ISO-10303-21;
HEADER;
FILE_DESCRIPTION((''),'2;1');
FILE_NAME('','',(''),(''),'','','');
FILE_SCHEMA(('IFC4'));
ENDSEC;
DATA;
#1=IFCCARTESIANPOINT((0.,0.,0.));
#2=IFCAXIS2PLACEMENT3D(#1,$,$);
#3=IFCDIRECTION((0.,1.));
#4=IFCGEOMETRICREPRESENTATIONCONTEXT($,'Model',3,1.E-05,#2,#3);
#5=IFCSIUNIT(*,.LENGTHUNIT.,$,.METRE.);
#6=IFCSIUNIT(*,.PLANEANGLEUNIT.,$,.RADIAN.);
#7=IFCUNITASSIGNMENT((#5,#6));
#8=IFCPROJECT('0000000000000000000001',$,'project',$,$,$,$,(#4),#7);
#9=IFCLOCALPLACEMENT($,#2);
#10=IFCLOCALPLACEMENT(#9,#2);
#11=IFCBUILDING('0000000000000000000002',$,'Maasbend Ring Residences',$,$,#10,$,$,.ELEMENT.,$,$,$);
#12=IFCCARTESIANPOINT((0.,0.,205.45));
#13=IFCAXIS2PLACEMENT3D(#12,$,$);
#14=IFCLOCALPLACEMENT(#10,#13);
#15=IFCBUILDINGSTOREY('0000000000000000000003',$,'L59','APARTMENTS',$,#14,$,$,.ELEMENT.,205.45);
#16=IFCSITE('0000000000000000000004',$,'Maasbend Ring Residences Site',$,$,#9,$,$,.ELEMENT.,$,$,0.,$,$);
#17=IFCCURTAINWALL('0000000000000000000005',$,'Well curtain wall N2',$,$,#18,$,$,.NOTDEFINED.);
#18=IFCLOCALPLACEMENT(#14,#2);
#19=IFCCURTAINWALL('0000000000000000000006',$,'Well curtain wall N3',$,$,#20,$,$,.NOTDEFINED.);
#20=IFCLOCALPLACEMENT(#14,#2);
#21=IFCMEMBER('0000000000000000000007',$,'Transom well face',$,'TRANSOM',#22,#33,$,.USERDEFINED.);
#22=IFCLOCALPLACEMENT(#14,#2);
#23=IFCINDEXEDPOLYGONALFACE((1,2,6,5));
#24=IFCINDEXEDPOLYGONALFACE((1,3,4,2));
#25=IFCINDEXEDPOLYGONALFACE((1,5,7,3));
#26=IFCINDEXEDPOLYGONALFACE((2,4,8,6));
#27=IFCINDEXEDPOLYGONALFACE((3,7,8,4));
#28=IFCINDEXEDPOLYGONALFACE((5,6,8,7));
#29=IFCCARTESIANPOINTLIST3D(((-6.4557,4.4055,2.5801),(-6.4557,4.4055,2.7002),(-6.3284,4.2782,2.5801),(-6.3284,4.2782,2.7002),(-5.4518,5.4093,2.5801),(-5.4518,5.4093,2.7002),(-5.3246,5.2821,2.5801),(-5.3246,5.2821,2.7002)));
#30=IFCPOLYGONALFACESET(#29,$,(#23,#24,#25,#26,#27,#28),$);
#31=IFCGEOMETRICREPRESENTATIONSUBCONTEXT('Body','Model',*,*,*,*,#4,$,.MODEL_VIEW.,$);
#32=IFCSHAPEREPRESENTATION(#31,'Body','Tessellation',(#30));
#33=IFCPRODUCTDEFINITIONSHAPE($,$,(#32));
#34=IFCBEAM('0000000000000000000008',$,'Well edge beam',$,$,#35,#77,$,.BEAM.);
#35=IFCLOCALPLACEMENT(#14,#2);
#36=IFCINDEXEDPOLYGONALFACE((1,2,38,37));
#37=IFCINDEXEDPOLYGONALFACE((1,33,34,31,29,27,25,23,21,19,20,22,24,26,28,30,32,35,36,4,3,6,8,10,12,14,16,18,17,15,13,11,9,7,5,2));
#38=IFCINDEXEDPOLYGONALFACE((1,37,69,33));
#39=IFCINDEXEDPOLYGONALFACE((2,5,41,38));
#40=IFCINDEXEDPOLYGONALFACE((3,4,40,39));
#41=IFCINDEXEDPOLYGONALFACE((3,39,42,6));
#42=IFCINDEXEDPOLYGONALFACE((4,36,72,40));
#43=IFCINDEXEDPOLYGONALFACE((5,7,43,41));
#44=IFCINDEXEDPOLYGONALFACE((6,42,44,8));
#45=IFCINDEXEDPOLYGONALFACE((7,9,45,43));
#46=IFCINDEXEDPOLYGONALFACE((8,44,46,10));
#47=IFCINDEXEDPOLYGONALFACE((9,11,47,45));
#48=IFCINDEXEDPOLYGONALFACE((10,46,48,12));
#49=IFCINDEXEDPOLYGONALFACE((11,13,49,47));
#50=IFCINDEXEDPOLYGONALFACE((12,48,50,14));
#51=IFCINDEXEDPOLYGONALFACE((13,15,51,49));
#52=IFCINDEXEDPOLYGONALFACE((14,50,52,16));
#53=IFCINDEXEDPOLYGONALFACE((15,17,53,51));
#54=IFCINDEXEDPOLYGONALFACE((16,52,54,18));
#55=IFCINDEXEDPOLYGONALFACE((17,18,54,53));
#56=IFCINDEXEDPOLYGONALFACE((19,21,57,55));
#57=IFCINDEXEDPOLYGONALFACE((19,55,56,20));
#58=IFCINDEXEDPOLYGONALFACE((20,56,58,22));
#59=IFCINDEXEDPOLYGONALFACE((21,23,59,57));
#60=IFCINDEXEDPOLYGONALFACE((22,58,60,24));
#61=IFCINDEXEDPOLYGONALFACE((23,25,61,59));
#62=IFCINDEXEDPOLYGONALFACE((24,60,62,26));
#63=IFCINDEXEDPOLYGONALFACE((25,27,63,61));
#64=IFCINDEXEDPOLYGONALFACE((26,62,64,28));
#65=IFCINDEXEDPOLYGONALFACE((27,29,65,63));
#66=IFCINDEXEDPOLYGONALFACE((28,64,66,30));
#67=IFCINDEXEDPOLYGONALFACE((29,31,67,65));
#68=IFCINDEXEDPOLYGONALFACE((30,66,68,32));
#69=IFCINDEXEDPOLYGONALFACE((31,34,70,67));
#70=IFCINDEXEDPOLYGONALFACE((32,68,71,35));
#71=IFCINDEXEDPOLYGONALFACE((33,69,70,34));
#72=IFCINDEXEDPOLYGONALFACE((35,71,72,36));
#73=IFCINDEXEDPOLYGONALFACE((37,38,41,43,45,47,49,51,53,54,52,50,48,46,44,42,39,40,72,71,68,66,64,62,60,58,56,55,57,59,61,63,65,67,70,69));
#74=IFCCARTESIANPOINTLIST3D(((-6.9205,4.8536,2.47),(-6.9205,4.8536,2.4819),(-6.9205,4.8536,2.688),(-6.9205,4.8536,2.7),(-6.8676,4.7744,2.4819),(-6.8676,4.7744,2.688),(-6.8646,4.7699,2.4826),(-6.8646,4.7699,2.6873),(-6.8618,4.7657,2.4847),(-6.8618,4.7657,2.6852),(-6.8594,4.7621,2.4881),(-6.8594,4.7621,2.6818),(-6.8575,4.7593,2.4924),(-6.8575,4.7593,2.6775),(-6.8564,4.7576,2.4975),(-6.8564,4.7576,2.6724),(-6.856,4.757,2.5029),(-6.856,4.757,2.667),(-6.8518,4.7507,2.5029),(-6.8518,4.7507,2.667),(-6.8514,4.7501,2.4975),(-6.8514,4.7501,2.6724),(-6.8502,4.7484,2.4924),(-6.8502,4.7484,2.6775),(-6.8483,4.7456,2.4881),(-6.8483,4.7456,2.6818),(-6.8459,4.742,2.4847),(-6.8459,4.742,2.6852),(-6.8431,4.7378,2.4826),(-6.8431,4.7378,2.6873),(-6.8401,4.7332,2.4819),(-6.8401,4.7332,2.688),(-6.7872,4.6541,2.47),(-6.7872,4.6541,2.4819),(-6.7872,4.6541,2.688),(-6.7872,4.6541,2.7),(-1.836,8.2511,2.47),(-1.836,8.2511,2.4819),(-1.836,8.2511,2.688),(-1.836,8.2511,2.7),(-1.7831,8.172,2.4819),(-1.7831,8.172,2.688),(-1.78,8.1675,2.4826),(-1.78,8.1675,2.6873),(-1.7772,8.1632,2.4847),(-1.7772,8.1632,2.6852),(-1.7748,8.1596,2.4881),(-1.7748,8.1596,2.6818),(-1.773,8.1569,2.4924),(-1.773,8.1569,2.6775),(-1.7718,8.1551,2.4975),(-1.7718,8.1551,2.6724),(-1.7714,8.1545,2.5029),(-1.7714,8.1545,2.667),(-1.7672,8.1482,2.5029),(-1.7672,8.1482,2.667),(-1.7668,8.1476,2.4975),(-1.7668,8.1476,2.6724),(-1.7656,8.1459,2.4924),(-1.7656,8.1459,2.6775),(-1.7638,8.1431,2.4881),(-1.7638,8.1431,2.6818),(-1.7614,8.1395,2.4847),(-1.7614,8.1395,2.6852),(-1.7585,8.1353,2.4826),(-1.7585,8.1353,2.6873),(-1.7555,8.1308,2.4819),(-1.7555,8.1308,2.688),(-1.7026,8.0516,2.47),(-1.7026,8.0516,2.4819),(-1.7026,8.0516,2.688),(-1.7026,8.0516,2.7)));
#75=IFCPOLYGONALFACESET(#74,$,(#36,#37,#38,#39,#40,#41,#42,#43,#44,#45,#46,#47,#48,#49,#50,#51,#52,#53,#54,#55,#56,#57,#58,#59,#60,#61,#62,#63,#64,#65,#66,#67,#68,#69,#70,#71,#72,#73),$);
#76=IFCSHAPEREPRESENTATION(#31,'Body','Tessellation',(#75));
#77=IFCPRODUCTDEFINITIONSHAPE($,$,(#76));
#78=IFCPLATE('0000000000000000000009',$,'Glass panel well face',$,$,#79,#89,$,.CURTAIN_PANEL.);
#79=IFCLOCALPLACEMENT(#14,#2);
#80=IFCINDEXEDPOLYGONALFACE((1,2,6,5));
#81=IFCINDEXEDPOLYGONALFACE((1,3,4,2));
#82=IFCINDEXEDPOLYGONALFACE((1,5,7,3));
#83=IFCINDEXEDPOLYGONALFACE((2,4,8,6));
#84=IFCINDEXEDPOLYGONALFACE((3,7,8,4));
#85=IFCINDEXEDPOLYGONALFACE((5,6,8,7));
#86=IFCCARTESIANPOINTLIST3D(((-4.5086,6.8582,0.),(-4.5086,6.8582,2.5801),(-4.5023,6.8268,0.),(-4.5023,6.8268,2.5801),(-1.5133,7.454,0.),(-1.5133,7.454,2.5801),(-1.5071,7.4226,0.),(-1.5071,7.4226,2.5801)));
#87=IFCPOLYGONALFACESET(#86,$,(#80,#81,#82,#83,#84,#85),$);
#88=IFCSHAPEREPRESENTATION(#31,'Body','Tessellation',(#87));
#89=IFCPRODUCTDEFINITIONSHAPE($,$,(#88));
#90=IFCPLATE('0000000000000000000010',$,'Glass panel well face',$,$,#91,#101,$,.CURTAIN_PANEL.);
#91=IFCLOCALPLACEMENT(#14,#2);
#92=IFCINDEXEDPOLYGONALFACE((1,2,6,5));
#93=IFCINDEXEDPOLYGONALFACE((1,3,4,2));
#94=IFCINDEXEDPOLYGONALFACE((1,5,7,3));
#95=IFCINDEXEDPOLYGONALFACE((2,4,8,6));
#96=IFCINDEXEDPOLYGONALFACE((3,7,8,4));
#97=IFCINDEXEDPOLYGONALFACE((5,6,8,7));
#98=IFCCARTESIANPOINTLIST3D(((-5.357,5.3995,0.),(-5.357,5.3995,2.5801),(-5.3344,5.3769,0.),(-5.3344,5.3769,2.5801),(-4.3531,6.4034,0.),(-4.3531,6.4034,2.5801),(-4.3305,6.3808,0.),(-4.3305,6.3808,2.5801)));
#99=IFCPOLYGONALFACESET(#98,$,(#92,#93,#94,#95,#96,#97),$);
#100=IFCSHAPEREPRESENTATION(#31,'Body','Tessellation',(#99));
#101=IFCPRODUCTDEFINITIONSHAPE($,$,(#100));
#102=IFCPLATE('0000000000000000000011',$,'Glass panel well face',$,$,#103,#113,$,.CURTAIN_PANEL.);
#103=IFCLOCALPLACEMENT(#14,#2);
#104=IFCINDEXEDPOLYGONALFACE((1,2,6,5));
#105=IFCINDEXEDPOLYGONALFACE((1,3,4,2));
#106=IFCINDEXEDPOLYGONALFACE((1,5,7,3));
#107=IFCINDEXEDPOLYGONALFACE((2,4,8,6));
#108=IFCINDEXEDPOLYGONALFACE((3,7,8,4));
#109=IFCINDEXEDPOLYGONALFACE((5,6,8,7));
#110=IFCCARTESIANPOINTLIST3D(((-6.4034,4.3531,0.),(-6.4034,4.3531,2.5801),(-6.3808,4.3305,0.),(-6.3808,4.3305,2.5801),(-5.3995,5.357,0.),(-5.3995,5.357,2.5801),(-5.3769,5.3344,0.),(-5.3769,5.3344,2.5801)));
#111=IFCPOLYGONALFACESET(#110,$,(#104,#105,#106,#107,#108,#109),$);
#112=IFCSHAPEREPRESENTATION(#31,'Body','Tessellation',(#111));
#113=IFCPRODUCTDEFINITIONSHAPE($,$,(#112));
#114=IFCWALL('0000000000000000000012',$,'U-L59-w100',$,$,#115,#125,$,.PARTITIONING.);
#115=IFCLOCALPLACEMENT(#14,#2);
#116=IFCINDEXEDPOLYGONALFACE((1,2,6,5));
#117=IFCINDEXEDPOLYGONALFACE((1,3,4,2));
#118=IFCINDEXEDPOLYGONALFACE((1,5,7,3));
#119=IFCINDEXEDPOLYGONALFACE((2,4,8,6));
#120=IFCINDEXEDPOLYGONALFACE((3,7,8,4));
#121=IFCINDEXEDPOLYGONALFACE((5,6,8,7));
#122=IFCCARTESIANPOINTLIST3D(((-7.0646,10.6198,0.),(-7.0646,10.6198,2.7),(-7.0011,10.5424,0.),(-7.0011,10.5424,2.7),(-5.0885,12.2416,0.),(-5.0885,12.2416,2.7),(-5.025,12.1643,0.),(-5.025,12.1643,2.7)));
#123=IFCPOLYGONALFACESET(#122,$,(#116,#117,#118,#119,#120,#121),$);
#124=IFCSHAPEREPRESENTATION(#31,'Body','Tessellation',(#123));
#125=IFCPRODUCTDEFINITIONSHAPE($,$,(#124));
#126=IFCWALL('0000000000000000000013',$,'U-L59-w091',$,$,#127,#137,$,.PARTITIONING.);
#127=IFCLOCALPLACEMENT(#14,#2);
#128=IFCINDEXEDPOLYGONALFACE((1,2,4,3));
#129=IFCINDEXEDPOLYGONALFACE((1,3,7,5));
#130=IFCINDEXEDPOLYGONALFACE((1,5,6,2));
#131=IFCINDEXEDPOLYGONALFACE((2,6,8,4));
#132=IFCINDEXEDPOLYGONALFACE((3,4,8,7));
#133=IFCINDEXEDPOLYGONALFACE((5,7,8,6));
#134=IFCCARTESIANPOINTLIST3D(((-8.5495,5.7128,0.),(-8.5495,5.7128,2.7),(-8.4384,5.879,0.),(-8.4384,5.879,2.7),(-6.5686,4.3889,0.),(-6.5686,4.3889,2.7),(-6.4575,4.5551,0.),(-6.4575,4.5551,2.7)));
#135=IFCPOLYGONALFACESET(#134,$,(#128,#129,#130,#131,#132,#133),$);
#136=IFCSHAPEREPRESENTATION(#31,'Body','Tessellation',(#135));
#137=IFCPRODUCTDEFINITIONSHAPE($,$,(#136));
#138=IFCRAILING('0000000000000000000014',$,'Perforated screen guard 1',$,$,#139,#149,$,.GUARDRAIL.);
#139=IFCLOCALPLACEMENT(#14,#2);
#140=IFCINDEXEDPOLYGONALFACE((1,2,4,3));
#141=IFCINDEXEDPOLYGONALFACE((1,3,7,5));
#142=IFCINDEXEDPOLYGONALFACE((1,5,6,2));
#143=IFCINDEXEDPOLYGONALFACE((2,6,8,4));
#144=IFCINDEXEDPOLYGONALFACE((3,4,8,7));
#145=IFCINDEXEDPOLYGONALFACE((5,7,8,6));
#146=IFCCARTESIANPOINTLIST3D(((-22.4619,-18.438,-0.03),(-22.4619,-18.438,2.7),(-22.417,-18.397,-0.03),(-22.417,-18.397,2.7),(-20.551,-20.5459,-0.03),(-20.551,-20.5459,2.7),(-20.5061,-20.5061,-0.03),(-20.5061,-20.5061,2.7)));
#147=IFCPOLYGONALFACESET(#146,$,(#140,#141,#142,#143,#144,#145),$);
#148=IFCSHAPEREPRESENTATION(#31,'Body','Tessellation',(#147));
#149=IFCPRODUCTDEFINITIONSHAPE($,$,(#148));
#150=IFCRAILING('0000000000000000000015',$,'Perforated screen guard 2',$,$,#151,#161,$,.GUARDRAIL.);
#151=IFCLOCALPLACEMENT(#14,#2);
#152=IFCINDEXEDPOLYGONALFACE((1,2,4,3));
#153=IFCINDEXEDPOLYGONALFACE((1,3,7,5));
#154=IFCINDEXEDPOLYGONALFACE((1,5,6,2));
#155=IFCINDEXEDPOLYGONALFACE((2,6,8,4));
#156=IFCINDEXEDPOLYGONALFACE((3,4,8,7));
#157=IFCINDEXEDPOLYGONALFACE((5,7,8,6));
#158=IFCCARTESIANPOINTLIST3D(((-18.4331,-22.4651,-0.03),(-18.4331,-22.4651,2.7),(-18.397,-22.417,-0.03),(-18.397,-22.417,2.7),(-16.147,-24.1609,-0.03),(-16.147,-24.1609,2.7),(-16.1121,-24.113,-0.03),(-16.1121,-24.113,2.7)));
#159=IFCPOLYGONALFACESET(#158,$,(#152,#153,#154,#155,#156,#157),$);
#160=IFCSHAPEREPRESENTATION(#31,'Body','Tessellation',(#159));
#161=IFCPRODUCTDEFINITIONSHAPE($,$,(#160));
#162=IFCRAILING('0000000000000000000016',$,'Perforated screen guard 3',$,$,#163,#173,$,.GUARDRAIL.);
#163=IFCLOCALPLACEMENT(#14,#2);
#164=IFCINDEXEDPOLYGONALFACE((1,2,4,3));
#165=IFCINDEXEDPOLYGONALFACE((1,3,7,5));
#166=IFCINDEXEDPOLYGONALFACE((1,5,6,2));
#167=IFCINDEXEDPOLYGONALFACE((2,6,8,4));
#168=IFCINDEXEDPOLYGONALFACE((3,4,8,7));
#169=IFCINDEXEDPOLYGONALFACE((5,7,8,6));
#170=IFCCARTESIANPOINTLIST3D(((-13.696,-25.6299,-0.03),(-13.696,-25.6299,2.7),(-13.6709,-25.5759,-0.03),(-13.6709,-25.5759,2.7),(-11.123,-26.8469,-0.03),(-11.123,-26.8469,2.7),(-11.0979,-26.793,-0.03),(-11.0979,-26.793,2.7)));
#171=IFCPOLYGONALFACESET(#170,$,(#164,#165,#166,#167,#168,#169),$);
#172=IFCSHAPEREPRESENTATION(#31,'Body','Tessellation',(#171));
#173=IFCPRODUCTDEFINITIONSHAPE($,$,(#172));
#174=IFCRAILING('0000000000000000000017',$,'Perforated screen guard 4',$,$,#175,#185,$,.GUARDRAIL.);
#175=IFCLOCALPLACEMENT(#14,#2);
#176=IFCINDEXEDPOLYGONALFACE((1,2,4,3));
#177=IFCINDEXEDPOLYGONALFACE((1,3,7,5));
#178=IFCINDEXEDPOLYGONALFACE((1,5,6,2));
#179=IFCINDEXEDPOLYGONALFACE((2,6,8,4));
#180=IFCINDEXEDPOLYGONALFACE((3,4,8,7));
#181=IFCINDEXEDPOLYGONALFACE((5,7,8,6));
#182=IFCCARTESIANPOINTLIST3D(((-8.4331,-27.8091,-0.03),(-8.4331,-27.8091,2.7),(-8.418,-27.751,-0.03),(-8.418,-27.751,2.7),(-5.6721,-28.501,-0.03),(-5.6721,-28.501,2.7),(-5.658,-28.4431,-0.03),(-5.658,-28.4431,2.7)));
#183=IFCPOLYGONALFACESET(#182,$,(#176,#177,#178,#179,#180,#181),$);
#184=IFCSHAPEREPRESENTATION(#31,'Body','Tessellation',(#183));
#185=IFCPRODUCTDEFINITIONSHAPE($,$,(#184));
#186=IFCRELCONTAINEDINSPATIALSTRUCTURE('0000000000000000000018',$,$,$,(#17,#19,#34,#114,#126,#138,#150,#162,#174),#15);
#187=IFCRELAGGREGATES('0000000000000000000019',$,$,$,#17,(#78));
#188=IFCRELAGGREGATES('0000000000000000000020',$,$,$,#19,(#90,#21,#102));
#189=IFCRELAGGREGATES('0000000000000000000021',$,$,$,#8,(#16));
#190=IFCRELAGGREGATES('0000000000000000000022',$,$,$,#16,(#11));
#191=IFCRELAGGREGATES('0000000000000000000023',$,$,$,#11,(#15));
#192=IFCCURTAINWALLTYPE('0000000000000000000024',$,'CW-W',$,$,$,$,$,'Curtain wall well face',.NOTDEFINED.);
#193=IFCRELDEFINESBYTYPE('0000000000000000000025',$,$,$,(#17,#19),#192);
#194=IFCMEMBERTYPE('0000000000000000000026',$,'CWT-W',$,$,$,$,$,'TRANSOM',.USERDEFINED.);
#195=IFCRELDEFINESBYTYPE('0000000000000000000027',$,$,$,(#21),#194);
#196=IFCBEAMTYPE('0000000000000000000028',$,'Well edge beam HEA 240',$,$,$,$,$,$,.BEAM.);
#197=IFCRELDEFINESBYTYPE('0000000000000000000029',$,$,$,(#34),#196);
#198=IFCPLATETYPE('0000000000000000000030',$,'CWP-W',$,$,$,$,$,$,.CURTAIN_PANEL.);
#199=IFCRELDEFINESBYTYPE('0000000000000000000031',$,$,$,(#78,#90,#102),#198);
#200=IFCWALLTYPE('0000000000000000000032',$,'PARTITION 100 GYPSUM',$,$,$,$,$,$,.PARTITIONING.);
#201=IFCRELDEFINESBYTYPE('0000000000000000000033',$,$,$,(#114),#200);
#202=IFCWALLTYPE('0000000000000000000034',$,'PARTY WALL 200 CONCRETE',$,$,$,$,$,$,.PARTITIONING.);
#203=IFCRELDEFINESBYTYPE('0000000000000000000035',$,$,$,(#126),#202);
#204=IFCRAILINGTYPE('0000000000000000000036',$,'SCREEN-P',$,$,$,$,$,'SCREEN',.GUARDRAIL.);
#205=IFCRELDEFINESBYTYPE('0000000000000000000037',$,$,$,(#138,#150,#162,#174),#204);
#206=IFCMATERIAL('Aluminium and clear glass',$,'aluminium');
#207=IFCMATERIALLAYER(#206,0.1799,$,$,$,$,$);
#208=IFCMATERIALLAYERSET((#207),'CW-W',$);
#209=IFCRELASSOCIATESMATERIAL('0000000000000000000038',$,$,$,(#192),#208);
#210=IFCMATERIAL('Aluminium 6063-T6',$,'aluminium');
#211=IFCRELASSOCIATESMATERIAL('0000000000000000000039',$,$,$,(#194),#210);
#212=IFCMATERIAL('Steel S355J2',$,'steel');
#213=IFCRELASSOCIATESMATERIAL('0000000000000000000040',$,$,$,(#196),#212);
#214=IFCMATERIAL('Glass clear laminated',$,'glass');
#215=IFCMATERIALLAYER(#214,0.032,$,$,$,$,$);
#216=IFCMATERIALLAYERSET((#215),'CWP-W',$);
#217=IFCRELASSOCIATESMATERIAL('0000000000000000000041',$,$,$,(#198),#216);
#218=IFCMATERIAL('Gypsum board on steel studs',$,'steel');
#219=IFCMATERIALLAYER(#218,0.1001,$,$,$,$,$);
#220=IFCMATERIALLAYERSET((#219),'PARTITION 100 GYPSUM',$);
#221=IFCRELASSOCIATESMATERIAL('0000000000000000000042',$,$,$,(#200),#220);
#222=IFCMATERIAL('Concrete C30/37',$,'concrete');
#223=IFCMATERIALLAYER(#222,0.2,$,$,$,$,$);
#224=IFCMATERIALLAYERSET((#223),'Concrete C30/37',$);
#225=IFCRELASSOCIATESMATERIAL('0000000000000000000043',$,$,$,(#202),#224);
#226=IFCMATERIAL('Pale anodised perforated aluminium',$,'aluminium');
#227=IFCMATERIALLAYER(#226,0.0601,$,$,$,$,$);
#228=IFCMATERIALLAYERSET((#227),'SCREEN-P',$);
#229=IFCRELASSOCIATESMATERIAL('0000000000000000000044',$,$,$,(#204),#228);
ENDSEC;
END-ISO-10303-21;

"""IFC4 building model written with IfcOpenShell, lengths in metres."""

from ifc_helpers import new_model, si_unit, direction, frame, frame_2d, origin, origin_2d, place, context, subcontext, project, spatial, polyline, rectangle, i_section, outline, extrude, material, layer, layer_set, material_profile, profile_set, type_object, element, aggregate, save


model = new_model("IFC4")

# Units and contexts
model_context = context("Model", 3, precision=1e-05, world=origin(), true_north=direction((0.0, 1.0)))
body_context = subcontext(model_context, "Body", "Model", "MODEL_VIEW")
ifc_project = project(units=[si_unit("LENGTHUNIT", "METRE"), si_unit("PLANEANGLEUNIT", "RADIAN")], contexts=[model_context])

# Site, building, storey
site_placement = place(None, origin())
site = spatial("IfcSite", under=ifc_project, at=site_placement, Name="Maasbend Ring Residences Site", CompositionType="ELEMENT", RefElevation=0.0)
building_placement = place(site_placement, origin())
building = spatial("IfcBuilding", under=site, at=building_placement, Name="Maasbend Ring Residences", CompositionType="ELEMENT")
storey_placement = place(building_placement, frame((0.0, 0.0, 205.45)))
storey = spatial("IfcBuildingStorey", under=building, at=storey_placement, Name="L59", Description="APARTMENTS", CompositionType="ELEMENT", Elevation=205.45)

# Curtain walls
ifc_material_1 = material(Name="Aluminium and clear glass", Category="aluminium")
ifc_layer_1 = layer(ifc_material_1, 0.1799)
ifc_layer_set_1 = layer_set([ifc_layer_1], Name="CW-W")
curtain_wall_type = type_object("IfcCurtainWallType", Name="CW-W", ElementType="Curtain wall well face", PredefinedType="NOTDEFINED", material=ifc_layer_set_1)
curtain_wall_1_placement = place(storey_placement, origin())
curtain_wall_1 = element("IfcCurtainWall", 1, at=curtain_wall_1_placement, inside=storey, type_object=curtain_wall_type, Name="Well curtain wall N2", PredefinedType="NOTDEFINED")
curtain_wall_2_placement = place(storey_placement, origin())
curtain_wall_2 = element("IfcCurtainWall", 2, at=curtain_wall_2_placement, inside=storey, type_object=curtain_wall_type, Name="Well curtain wall N3", PredefinedType="NOTDEFINED")

# Member
ifc_material_2 = material(Name="Aluminium 6063-T6", Category="aluminium")
ifc_material_profile_1 = material_profile(ifc_material_2, rectangle(XDim=0.1799, YDim=0.1201, at=origin_2d()), Name="AL 180x120")
ifc_profile_set_1 = profile_set([ifc_material_profile_1], Name="Aluminium 6063-T6")
member_type_1 = type_object("IfcMemberType", Name="CWT-W", ElementType="TRANSOM", PredefinedType="USERDEFINED", material=ifc_profile_set_1)
member_1_placement = place(storey_placement, frame((-5.3882, 5.3457, 2.6401), z_axis=(-0.707107, -0.707107, 0.0), x_axis=(0.707107, -0.707107, 0.0)))
member_1 = element("IfcMember", 3, at=member_1_placement, type_object=member_type_1, Name="Transom well face", ObjectType="TRANSOM", PredefinedType="USERDEFINED", context=body_context, shape_type="SweptSolid", body=[
    extrude(rectangle(XDim=0.1799, YDim=0.1201, at=origin_2d()), origin(), (0.0, 0.0, 1.0), 1.4197),
])

# Beam
ifc_material_3 = material(Name="Steel S355J2", Category="steel")
ifc_material_profile_2 = material_profile(ifc_material_3, i_section(OverallWidth=0.24, OverallDepth=0.23, WebThickness=0.0076, FlangeThickness=0.012, FilletRadius=0.021, at=origin_2d()), Name="HEA 240")
ifc_profile_set_2 = profile_set([ifc_material_profile_2], Name="Steel S355J2")
beam_type = type_object("IfcBeamType", Name="Well edge beam HEA 240", PredefinedType="BEAM", material=ifc_profile_set_2)
beam_placement = place(storey_placement, frame((-1.7693, 8.1514, 2.585), z_axis=(-0.83146, -0.555584, 0.0), x_axis=(0.555584, -0.83146, 0.0)))
element("IfcBeam", 4, at=beam_placement, inside=storey, type_object=beam_type, Name="Well edge beam", PredefinedType="BEAM", context=body_context, shape_type="SweptSolid", body=[
    extrude(i_section(OverallWidth=0.24, OverallDepth=0.23, WebThickness=0.0076, FlangeThickness=0.012, FilletRadius=0.021, at=origin_2d()), origin(), (0.0, 0.0, 1.0), 6.1152),
])

# Plates
ifc_material_4 = material(Name="Glass clear laminated", Category="glass")
ifc_layer_2 = layer(ifc_material_4, 0.032)
ifc_layer_set_2 = layer_set([ifc_layer_2], Name="CWP-W")
plate_type = type_object("IfcPlateType", Name="CWP-W", PredefinedType="CURTAIN_PANEL", material=ifc_layer_set_2)
plate_1_placement = place(storey_placement, frame((-3.0078, 7.1404, 0.0), z_axis=(0.0, 0.0, 1.0), x_axis=(-0.980785, -0.19509, 0.0)))
plate_1 = element("IfcPlate", 5, at=plate_1_placement, type_object=plate_type, Name="Glass panel well face", PredefinedType="CURTAIN_PANEL", context=body_context, shape_type="SweptSolid", body=[
    extrude(rectangle(XDim=3.054, YDim=0.032, at=origin_2d()), origin(), (0.0, 0.0, 1.0), 2.5801),
])
aggregate(curtain_wall_1, [plate_1])
plate_2_placement = place(storey_placement, frame((-4.8438, 5.8901, 0.0), z_axis=(0.0, 0.0, 1.0), x_axis=(-0.707107, -0.707107, 0.0)))
plate_2 = element("IfcPlate", 6, at=plate_2_placement, type_object=plate_type, Name="Glass panel well face", PredefinedType="CURTAIN_PANEL", context=body_context, shape_type="SweptSolid", body=[
    extrude(rectangle(XDim=1.4197, YDim=0.032, at=origin_2d()), origin(), (0.0, 0.0, 1.0), 2.5801),
])
plate_3_placement = place(storey_placement, frame((-5.8901, 4.8438, 0.0), z_axis=(0.0, 0.0, 1.0), x_axis=(-0.707107, -0.707107, 0.0)))
plate_3 = element("IfcPlate", 7, at=plate_3_placement, type_object=plate_type, Name="Glass panel well face", PredefinedType="CURTAIN_PANEL", context=body_context, shape_type="SweptSolid", body=[
    extrude(rectangle(XDim=1.4197, YDim=0.032, at=origin_2d()), origin(), (0.0, 0.0, 1.0), 2.5801),
])
aggregate(curtain_wall_2, [plate_2, member_1, plate_3])

# Walls
ifc_material_5 = material(Name="Gypsum board on steel studs", Category="steel")
ifc_layer_3 = layer(ifc_material_5, 0.1001)
ifc_layer_set_3 = layer_set([ifc_layer_3], Name="PARTITION 100 GYPSUM")
wall_type_1 = type_object("IfcWallType", Name="PARTITION 100 GYPSUM", PredefinedType="PARTITIONING", material=ifc_layer_set_3)
wall_1_placement = place(storey_placement, frame((-7.033, 10.5811, 0.0), z_axis=(0.0, 0.0, 1.0), x_axis=(0.772991, 0.634418, 0.0)))
element("IfcWall", 8, at=wall_1_placement, inside=storey, type_object=wall_type_1, Name="U-L59-w100", PredefinedType="PARTITIONING", context=body_context, shape_type="SweptSolid", body=[
    extrude(rectangle(XDim=2.5564, YDim=0.1001, at=frame_2d((1.2783, 0.0))), origin(), (0.0, 0.0, 1.0), 2.7),
])
ifc_material_6 = material(Name="Concrete C30/37", Category="concrete")
ifc_layer_4 = layer(ifc_material_6, 0.2)
ifc_layer_set_4 = layer_set([ifc_layer_4], Name="Concrete C30/37")
wall_type_2 = type_object("IfcWallType", Name="PARTY WALL 200 CONCRETE", PredefinedType="PARTITIONING", material=ifc_layer_set_4)
wall_2_placement = place(storey_placement, frame((-6.5129, 4.4719, 0.0), z_axis=(0.0, 0.0, 1.0), x_axis=(-0.831403, 0.555669, 0.0)))
element("IfcWall", 9, at=wall_2_placement, inside=storey, type_object=wall_type_2, Name="U-L59-w091", PredefinedType="PARTITIONING", context=body_context, shape_type="SweptSolid", body=[
    extrude(rectangle(XDim=2.3826, YDim=0.2, at=frame_2d((1.1914, 0.0))), origin(), (0.0, 0.0, 1.0), 2.7),
])

# Railings
ifc_material_7 = material(Name="Pale anodised perforated aluminium", Category="aluminium")
ifc_layer_5 = layer(ifc_material_7, 0.0601)
ifc_layer_set_5 = layer_set([ifc_layer_5], Name="SCREEN-P")
railing_type = type_object("IfcRailingType", Name="SCREEN-P", ElementType="SCREEN", PredefinedType="GUARDRAIL", material=ifc_layer_set_5)
railing_1_placement = place(storey_placement, frame((0.0, 0.0, -0.03)))
element("IfcRailing", 10, at=railing_1_placement, inside=storey, type_object=railing_type, Name="Perforated screen guard 1", PredefinedType="GUARDRAIL", context=body_context, shape_type="SweptSolid", body=[
    extrude(outline(polyline([(-22.417, -18.397), (-20.5061, -20.5061), (-20.551, -20.5459), (-22.4619, -18.438), (-22.417, -18.397)])), origin(), (0.0, 0.0, 1.0), 2.73),
])
railing_2_placement = place(storey_placement, frame((0.0, 0.0, -0.03)))
element("IfcRailing", 11, at=railing_2_placement, inside=storey, type_object=railing_type, Name="Perforated screen guard 2", PredefinedType="GUARDRAIL", context=body_context, shape_type="SweptSolid", body=[
    extrude(outline(polyline([(-18.397, -22.417), (-16.1121, -24.113), (-16.147, -24.1609), (-18.4331, -22.4651), (-18.397, -22.417)])), origin(), (0.0, 0.0, 1.0), 2.73),
])
railing_3_placement = place(storey_placement, frame((0.0, 0.0, -0.03)))
element("IfcRailing", 12, at=railing_3_placement, inside=storey, type_object=railing_type, Name="Perforated screen guard 3", PredefinedType="GUARDRAIL", context=body_context, shape_type="SweptSolid", body=[
    extrude(outline(polyline([(-13.6709, -25.5759), (-11.0979, -26.793), (-11.123, -26.8469), (-13.696, -25.6299), (-13.6709, -25.5759)])), origin(), (0.0, 0.0, 1.0), 2.73),
])
railing_4_placement = place(storey_placement, frame((0.0, 0.0, -0.03)))
element("IfcRailing", 13, at=railing_4_placement, inside=storey, type_object=railing_type, Name="Perforated screen guard 4", PredefinedType="GUARDRAIL", context=body_context, shape_type="SweptSolid", body=[
    extrude(outline(polyline([(-8.418, -27.751), (-5.658, -28.4431), (-5.6721, -28.501), (-8.4331, -27.8091), (-8.418, -27.751)])), origin(), (0.0, 0.0, 1.0), 2.73),
])

save(model, "model.ifc")
